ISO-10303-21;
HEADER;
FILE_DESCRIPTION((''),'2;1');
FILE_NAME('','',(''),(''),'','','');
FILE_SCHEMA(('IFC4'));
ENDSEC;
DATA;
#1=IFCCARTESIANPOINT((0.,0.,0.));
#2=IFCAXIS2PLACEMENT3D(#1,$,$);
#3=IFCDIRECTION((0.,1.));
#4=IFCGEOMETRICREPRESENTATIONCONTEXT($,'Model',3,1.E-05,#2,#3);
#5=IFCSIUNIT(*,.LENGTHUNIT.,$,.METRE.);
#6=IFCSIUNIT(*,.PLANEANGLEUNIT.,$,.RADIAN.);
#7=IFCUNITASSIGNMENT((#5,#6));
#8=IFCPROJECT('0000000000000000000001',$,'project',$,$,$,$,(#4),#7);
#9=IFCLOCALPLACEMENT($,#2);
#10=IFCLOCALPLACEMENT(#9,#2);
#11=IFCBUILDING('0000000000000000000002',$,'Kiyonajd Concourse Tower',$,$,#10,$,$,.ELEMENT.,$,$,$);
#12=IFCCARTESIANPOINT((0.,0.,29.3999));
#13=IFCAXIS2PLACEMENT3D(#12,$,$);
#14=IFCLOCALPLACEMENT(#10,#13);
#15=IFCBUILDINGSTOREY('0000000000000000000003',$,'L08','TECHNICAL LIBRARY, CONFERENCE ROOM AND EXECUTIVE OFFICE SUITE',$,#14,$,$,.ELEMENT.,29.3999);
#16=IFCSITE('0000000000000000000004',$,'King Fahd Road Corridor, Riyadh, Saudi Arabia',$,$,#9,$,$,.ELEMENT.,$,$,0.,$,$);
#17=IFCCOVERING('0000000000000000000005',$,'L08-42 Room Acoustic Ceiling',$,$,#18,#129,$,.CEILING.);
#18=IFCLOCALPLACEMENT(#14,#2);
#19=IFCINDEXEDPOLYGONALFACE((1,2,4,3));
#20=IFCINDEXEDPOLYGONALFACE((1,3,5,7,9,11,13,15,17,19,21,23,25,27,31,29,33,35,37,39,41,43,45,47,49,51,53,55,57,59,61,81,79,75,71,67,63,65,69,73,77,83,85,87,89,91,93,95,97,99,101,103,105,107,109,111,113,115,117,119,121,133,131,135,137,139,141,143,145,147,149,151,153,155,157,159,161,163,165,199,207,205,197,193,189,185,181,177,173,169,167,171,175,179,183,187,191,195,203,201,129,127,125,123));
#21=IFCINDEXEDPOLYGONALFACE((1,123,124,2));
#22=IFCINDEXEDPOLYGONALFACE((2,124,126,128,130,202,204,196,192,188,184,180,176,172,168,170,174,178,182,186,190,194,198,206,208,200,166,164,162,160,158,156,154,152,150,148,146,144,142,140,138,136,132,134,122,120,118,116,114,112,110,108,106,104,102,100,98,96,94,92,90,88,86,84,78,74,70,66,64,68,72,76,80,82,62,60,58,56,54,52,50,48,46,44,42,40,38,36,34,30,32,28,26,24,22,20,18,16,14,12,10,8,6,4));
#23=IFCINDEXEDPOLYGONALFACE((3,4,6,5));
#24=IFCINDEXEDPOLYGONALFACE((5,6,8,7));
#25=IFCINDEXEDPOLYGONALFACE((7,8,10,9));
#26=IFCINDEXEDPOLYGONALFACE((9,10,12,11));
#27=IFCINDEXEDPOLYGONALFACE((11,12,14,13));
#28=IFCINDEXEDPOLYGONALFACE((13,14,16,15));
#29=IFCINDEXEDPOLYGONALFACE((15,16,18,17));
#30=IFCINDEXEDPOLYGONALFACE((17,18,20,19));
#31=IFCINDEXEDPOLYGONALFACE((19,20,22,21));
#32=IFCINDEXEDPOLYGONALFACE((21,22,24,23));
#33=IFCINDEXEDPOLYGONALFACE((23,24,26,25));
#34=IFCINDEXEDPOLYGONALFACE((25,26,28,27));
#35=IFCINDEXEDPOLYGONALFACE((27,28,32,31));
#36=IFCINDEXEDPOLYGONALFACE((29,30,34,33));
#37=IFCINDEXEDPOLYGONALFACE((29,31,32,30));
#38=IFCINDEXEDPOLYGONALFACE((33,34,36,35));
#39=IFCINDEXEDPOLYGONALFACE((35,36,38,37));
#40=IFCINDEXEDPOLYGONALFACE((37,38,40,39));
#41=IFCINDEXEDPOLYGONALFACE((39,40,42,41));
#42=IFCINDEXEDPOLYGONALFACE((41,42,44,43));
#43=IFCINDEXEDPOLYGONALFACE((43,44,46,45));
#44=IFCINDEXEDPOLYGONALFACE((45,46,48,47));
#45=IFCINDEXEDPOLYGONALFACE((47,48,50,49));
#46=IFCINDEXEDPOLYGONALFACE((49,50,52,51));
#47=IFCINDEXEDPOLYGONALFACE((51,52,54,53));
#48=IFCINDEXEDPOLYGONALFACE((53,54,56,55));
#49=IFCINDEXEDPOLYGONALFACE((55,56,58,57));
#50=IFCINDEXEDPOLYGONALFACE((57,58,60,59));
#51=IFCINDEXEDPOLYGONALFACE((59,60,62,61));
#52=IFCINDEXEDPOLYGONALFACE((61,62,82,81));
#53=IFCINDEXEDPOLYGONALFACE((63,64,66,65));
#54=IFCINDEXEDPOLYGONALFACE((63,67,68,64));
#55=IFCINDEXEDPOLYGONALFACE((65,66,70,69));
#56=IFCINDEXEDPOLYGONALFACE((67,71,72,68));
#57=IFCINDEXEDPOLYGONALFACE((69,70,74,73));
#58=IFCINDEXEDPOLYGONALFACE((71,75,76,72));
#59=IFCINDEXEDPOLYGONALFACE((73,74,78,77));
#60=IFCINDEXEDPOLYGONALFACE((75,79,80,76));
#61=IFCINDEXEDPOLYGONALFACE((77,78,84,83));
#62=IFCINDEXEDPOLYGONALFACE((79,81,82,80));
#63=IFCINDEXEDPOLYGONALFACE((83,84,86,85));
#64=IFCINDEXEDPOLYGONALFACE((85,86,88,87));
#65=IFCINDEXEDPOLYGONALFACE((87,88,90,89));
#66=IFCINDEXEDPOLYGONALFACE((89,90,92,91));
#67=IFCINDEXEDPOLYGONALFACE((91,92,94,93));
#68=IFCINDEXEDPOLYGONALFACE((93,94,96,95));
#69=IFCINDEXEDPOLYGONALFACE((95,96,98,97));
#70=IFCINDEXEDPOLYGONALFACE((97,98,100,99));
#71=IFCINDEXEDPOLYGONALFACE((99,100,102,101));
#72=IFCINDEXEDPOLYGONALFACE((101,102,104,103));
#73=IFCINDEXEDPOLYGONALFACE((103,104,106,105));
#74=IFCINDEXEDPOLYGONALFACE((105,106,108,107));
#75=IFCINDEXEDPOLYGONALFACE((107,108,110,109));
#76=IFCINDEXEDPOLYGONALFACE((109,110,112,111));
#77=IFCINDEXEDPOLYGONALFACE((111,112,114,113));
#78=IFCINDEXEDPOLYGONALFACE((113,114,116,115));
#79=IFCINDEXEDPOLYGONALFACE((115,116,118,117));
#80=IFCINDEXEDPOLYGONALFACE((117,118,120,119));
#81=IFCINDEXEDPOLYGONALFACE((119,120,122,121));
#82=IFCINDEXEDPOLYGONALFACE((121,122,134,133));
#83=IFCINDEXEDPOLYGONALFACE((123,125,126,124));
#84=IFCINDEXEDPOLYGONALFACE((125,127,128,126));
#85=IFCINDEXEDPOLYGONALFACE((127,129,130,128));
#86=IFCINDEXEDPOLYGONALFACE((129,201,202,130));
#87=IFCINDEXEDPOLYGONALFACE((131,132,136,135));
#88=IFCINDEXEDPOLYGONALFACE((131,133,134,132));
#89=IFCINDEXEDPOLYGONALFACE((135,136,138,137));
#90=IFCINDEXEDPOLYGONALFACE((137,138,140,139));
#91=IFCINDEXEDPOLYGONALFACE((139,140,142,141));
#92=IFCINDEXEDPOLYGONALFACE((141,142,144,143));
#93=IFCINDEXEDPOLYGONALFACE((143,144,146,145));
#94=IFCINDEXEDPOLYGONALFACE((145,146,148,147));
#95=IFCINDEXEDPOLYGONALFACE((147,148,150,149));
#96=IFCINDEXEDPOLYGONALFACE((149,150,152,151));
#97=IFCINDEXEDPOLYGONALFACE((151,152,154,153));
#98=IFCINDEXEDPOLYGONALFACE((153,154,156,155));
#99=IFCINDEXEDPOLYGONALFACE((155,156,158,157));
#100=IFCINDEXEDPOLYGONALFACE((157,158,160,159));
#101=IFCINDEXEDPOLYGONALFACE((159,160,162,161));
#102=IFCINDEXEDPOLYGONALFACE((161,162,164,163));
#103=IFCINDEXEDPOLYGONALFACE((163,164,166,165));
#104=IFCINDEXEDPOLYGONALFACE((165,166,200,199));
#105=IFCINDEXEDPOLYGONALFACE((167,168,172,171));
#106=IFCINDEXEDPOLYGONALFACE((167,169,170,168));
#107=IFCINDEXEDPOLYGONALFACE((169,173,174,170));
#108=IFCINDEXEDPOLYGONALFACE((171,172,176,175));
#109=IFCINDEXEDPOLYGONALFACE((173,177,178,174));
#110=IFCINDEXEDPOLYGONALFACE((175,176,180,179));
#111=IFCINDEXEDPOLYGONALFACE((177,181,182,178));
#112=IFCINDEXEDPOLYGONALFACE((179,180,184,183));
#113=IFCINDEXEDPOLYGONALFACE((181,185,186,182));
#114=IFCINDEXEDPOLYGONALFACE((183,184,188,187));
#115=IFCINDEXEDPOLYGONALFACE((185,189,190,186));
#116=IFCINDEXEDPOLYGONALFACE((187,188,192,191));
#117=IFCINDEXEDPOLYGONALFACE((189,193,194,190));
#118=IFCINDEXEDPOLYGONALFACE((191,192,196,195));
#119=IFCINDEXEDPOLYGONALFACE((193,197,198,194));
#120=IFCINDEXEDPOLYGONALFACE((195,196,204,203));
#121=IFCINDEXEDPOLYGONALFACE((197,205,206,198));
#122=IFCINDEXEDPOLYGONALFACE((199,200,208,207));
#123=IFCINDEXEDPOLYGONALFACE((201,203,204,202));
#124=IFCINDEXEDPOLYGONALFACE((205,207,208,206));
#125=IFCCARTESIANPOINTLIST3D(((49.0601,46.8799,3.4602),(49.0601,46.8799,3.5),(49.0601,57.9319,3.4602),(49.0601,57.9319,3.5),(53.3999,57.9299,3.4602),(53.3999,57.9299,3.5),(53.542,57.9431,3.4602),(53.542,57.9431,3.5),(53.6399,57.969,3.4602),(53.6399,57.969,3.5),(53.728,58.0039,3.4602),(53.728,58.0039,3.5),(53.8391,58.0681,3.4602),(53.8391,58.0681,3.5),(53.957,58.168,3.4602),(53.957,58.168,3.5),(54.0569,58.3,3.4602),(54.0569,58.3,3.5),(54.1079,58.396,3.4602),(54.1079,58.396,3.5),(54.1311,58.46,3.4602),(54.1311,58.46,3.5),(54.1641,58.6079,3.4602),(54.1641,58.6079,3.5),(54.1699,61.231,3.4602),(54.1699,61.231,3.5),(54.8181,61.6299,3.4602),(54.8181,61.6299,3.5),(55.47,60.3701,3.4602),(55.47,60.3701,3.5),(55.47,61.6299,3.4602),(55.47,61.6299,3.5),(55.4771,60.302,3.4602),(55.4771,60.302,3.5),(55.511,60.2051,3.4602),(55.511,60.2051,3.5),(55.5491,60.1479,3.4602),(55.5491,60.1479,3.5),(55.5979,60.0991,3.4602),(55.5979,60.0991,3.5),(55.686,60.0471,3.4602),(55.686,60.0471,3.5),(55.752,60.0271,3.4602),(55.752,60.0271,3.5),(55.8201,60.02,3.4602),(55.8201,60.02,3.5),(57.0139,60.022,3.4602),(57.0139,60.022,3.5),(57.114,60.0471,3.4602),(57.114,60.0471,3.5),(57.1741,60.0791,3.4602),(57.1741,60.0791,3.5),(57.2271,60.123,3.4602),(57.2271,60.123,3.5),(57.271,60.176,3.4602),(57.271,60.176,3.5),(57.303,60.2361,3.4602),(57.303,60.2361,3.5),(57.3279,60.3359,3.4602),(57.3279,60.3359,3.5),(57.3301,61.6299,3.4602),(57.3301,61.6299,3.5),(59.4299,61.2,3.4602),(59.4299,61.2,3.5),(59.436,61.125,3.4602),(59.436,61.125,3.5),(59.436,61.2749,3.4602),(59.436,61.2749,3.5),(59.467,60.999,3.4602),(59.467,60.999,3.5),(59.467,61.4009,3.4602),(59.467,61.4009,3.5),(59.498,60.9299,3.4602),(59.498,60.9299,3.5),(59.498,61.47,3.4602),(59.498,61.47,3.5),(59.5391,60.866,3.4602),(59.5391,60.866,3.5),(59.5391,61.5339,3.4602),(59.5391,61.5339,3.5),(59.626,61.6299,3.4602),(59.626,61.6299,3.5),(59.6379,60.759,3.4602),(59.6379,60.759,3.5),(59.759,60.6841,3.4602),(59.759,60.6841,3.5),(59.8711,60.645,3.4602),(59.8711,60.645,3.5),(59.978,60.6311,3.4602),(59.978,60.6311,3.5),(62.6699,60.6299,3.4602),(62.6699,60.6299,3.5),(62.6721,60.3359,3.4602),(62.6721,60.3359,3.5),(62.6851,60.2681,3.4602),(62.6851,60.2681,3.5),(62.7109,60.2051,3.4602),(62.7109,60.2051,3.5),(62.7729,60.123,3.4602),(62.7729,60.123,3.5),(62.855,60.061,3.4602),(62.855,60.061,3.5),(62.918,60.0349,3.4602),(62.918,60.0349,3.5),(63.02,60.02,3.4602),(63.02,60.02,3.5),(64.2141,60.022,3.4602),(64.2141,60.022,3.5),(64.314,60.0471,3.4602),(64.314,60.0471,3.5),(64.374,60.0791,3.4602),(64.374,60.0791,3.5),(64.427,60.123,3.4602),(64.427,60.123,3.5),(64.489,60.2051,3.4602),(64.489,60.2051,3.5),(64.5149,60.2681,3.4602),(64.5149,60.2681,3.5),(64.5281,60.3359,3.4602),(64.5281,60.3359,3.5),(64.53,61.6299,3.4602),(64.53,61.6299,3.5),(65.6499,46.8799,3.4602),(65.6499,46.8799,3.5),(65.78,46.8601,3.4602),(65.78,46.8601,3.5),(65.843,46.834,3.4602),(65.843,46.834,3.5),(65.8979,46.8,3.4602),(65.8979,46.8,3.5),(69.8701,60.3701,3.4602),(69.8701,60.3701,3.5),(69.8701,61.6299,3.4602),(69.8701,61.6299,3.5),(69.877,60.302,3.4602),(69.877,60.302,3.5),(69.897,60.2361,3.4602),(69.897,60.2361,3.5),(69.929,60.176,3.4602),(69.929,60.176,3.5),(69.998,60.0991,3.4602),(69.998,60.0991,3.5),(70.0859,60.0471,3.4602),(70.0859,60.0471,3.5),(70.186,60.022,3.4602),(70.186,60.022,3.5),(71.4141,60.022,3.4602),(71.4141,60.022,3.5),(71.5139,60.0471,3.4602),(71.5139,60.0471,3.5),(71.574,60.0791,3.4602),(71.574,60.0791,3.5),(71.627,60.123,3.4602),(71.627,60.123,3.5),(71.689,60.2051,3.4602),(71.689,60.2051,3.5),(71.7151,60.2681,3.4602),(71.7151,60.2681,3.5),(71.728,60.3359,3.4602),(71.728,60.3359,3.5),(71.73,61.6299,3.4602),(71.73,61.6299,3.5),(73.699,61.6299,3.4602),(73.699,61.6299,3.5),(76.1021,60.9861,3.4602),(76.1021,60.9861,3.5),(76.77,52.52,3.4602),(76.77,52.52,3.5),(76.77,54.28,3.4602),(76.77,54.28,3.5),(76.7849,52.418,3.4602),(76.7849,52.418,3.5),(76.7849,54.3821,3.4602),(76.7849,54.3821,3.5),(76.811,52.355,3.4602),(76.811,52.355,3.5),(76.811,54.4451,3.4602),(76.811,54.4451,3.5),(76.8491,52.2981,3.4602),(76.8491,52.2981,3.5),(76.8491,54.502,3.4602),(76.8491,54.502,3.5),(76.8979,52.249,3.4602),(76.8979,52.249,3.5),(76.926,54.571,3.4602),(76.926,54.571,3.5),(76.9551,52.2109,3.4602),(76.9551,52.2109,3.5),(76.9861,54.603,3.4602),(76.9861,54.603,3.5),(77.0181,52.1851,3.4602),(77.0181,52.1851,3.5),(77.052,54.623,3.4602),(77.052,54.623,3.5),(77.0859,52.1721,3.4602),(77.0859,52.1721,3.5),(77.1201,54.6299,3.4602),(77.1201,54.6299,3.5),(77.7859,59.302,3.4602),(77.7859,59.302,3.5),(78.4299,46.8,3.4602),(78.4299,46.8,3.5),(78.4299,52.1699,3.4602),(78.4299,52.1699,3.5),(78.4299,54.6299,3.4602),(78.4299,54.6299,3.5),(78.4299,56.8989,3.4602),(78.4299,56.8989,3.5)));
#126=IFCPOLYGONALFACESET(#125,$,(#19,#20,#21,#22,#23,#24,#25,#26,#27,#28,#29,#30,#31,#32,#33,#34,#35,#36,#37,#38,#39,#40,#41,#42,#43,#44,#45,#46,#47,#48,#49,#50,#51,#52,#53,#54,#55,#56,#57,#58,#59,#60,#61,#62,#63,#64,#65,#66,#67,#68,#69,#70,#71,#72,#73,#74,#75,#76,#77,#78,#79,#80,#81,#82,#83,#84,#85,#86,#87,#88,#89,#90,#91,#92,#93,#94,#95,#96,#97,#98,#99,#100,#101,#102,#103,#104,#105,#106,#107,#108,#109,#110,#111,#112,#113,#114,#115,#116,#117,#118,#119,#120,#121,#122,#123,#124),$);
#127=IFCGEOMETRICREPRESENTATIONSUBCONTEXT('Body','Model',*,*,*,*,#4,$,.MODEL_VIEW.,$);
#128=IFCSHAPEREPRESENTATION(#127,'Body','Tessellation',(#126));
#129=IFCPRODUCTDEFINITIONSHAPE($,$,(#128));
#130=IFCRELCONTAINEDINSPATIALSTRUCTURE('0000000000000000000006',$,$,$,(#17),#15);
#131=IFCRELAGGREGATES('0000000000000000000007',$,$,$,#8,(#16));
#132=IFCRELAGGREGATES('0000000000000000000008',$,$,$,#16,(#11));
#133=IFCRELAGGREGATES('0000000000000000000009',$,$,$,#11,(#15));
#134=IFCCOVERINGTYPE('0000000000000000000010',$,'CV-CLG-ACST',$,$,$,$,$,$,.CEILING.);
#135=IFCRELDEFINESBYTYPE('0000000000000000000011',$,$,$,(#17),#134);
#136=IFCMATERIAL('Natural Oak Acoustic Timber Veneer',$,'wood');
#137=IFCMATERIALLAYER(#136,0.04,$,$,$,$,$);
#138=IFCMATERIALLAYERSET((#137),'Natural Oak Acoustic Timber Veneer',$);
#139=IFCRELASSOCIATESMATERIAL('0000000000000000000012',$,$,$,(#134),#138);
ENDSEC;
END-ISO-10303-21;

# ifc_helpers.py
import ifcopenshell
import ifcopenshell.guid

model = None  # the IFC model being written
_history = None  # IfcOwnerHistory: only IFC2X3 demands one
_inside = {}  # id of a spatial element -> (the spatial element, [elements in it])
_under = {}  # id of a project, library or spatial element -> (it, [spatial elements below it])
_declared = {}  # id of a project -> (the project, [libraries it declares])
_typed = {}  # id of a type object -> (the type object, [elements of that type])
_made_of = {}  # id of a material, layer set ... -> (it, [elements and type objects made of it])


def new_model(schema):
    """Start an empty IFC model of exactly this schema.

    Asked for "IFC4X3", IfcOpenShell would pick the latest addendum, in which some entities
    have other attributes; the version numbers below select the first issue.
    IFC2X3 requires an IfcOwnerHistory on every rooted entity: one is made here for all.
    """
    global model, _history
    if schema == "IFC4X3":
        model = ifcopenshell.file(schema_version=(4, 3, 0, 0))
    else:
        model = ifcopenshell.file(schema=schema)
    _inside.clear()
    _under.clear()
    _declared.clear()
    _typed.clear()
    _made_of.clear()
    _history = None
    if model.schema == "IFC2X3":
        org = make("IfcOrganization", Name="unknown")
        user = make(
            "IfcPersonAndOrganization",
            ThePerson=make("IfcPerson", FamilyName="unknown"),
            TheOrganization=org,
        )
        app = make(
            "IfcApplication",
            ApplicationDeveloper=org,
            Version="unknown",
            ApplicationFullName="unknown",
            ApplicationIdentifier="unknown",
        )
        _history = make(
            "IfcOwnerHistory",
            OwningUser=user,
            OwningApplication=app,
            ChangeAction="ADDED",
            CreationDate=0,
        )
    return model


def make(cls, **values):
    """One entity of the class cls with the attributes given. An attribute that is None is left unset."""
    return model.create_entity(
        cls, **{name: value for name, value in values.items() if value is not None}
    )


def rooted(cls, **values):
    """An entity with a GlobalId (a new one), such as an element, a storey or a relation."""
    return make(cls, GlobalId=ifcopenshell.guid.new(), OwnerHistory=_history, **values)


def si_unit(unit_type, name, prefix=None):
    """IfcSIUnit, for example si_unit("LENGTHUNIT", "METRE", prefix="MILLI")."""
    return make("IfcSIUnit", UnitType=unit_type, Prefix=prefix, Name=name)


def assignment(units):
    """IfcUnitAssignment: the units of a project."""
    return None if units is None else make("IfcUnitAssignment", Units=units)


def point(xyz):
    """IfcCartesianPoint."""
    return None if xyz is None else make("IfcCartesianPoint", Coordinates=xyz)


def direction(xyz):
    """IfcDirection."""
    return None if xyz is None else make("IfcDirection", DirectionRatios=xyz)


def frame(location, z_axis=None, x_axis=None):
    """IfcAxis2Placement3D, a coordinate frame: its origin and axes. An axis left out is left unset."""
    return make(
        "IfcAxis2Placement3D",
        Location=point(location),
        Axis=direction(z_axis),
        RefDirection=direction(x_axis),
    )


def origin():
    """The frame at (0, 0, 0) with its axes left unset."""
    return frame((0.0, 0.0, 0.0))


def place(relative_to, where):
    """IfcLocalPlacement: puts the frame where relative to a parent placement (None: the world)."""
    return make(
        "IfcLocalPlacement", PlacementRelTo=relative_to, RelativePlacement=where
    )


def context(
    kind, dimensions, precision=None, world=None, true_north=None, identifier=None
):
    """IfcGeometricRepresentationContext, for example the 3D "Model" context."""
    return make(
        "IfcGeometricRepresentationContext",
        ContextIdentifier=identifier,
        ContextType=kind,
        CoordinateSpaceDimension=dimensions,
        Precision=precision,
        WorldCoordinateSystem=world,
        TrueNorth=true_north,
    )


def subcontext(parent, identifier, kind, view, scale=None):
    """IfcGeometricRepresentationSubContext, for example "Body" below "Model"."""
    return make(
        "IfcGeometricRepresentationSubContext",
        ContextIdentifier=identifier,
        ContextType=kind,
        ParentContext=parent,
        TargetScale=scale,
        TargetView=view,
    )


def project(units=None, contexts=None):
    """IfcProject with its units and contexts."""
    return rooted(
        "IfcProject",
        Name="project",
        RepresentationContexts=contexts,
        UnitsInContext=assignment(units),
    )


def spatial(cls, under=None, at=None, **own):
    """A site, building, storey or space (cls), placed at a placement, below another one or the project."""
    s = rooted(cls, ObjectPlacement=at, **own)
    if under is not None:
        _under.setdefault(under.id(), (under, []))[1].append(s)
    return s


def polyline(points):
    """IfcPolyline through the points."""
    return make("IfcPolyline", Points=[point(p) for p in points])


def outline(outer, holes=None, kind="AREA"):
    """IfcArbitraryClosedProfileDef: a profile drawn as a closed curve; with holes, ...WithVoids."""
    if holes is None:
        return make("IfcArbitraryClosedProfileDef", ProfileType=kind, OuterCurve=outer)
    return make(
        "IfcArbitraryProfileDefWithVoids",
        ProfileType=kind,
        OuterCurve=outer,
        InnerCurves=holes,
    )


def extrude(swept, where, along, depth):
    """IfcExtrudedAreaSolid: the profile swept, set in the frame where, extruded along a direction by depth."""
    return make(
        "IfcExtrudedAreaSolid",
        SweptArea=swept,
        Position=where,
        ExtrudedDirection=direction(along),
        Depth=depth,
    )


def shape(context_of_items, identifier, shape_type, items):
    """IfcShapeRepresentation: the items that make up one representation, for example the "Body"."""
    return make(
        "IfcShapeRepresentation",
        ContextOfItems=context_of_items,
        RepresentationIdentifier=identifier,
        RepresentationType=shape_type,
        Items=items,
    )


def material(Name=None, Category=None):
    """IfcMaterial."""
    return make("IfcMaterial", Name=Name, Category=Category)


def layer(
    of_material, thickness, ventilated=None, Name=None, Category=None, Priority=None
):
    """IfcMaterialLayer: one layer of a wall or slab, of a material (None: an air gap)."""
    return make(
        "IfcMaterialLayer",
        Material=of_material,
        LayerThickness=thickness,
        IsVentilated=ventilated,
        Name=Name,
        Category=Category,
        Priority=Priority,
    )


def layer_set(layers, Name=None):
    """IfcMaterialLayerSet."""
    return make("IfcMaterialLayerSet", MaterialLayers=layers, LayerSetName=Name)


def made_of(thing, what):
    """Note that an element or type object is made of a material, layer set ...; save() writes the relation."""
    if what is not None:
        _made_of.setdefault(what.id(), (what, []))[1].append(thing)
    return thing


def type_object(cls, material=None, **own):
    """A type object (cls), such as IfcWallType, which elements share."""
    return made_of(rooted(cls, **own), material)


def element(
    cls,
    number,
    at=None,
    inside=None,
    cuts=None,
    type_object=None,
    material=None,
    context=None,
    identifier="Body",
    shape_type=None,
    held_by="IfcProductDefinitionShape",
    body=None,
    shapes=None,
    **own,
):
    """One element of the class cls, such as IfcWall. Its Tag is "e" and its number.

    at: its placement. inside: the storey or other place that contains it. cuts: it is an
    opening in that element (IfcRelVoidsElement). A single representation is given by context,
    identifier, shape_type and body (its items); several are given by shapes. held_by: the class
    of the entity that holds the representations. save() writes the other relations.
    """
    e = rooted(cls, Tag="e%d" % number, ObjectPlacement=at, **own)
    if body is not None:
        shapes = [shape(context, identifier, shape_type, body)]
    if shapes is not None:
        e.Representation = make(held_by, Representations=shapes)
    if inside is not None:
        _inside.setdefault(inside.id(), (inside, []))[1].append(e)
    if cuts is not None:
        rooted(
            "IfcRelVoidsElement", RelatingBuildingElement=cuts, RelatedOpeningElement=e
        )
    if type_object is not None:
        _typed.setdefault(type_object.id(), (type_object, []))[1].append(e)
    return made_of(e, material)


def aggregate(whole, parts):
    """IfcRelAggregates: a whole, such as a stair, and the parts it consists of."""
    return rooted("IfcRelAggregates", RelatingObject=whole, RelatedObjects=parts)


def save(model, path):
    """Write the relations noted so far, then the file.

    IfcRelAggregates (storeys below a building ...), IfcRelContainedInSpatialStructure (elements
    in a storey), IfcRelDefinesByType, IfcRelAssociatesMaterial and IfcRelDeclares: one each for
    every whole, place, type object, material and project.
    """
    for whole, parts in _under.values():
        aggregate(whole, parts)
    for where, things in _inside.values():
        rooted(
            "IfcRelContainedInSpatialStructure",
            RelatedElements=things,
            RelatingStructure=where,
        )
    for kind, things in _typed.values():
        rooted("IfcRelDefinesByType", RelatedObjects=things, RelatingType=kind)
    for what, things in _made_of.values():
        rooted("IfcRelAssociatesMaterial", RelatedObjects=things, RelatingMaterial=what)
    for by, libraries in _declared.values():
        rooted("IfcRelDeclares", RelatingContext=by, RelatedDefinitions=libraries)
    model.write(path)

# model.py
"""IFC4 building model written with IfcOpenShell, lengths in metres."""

from ifc_helpers import new_model, si_unit, direction, frame, origin, place, context, subcontext, project, spatial, polyline, outline, extrude, material, layer, layer_set, type_object, element, save


model = new_model("IFC4")

# Units and contexts
model_context = context("Model", 3, precision=1e-05, world=origin(), true_north=direction((0.0, 1.0)))
body_context = subcontext(model_context, "Body", "Model", "MODEL_VIEW")
ifc_project = project(units=[si_unit("LENGTHUNIT", "METRE"), si_unit("PLANEANGLEUNIT", "RADIAN")], contexts=[model_context])

# Site, building, storey
site_placement = place(None, origin())
site = spatial("IfcSite", under=ifc_project, at=site_placement, Name="King Fahd Road Corridor, Riyadh, Saudi Arabia", CompositionType="ELEMENT", RefElevation=0.0)
building_placement = place(site_placement, origin())
building = spatial("IfcBuilding", under=site, at=building_placement, Name="Kiyonajd Concourse Tower", CompositionType="ELEMENT")
storey_placement = place(building_placement, frame((0.0, 0.0, 29.3999)))
storey = spatial("IfcBuildingStorey", under=building, at=storey_placement, Name="L08", Description="TECHNICAL LIBRARY, CONFERENCE ROOM AND EXECUTIVE OFFICE SUITE", CompositionType="ELEMENT", Elevation=29.3999)

# Shared definitions
ifc_material_1 = material(Name="Natural Oak Acoustic Timber Veneer", Category="wood")

# Covering
ifc_layer_1 = layer(ifc_material_1, 0.04)
ifc_layer_set_1 = layer_set([ifc_layer_1], Name="Natural Oak Acoustic Timber Veneer")
covering_type = type_object("IfcCoveringType", Name="CV-CLG-ACST", PredefinedType="CEILING", material=ifc_layer_set_1)
covering_1_placement = place(storey_placement, frame((0.0, 0.0, 3.4602)))
element("IfcCovering", 1, at=covering_1_placement, inside=storey, type_object=covering_type, Name="L08-42 Room Acoustic Ceiling", PredefinedType="CEILING", context=body_context, shape_type="SweptSolid", body=[
    extrude(outline(polyline([(49.0601, 57.9319), (53.3999, 57.9299), (53.542, 57.9431), (53.6399, 57.969), (53.728, 58.0039), (53.8391, 58.0681), (53.957, 58.168), (54.0569, 58.3), (54.1079, 58.396), (54.1311, 58.46), (54.1641, 58.6079), (54.1699, 61.231), (54.8181, 61.6299), (55.47, 61.6299), (55.47, 60.3701), (55.4771, 60.302), (55.511, 60.2051), (55.5491, 60.1479), (55.5979, 60.0991), (55.686, 60.0471), (55.752, 60.0271), (55.8201, 60.02), (57.0139, 60.022), (57.114, 60.0471), (57.1741, 60.0791), (57.2271, 60.123), (57.271, 60.176), (57.303, 60.2361), (57.3279, 60.3359), (57.3301, 61.6299), (59.626, 61.6299), (59.5391, 61.5339), (59.498, 61.47), (59.467, 61.4009), (59.436, 61.2749), (59.4299, 61.2), (59.436, 61.125), (59.467, 60.999), (59.498, 60.9299), (59.5391, 60.866), (59.6379, 60.759), (59.759, 60.6841), (59.8711, 60.645), (59.978, 60.6311), (62.6699, 60.6299), (62.6721, 60.3359), (62.6851, 60.2681), (62.7109, 60.2051), (62.7729, 60.123), (62.855, 60.061), (62.918, 60.0349), (63.02, 60.02), (64.2141, 60.022), (64.314, 60.0471), (64.374, 60.0791), (64.427, 60.123), (64.489, 60.2051), (64.5149, 60.2681), (64.5281, 60.3359), (64.53, 61.6299), (69.8701, 61.6299), (69.8701, 60.3701), (69.877, 60.302), (69.897, 60.2361), (69.929, 60.176), (69.998, 60.0991), (70.0859, 60.0471), (70.186, 60.022), (71.4141, 60.022), (71.5139, 60.0471), (71.574, 60.0791), (71.627, 60.123), (71.689, 60.2051), (71.7151, 60.2681), (71.728, 60.3359), (71.73, 61.6299), (73.699, 61.6299), (76.1021, 60.9861), (77.7859, 59.302), (78.4299, 56.8989), (78.4299, 54.6299), (77.1201, 54.6299), (77.052, 54.623), (76.9861, 54.603), (76.926, 54.571), (76.8491, 54.502), (76.811, 54.4451), (76.7849, 54.3821), (76.77, 54.28), (76.77, 52.52), (76.7849, 52.418), (76.811, 52.355), (76.8491, 52.2981), (76.8979, 52.249), (76.9551, 52.2109), (77.0181, 52.1851), (77.0859, 52.1721), (78.4299, 52.1699), (78.4299, 46.8), (65.8979, 46.8), (65.843, 46.834), (65.78, 46.8601), (65.6499, 46.8799), (49.0601, 46.8799), (49.0601, 57.9319)])), origin(), (0.0, 0.0, 1.0), 0.0398),
])

save(model, "model.ifc")
